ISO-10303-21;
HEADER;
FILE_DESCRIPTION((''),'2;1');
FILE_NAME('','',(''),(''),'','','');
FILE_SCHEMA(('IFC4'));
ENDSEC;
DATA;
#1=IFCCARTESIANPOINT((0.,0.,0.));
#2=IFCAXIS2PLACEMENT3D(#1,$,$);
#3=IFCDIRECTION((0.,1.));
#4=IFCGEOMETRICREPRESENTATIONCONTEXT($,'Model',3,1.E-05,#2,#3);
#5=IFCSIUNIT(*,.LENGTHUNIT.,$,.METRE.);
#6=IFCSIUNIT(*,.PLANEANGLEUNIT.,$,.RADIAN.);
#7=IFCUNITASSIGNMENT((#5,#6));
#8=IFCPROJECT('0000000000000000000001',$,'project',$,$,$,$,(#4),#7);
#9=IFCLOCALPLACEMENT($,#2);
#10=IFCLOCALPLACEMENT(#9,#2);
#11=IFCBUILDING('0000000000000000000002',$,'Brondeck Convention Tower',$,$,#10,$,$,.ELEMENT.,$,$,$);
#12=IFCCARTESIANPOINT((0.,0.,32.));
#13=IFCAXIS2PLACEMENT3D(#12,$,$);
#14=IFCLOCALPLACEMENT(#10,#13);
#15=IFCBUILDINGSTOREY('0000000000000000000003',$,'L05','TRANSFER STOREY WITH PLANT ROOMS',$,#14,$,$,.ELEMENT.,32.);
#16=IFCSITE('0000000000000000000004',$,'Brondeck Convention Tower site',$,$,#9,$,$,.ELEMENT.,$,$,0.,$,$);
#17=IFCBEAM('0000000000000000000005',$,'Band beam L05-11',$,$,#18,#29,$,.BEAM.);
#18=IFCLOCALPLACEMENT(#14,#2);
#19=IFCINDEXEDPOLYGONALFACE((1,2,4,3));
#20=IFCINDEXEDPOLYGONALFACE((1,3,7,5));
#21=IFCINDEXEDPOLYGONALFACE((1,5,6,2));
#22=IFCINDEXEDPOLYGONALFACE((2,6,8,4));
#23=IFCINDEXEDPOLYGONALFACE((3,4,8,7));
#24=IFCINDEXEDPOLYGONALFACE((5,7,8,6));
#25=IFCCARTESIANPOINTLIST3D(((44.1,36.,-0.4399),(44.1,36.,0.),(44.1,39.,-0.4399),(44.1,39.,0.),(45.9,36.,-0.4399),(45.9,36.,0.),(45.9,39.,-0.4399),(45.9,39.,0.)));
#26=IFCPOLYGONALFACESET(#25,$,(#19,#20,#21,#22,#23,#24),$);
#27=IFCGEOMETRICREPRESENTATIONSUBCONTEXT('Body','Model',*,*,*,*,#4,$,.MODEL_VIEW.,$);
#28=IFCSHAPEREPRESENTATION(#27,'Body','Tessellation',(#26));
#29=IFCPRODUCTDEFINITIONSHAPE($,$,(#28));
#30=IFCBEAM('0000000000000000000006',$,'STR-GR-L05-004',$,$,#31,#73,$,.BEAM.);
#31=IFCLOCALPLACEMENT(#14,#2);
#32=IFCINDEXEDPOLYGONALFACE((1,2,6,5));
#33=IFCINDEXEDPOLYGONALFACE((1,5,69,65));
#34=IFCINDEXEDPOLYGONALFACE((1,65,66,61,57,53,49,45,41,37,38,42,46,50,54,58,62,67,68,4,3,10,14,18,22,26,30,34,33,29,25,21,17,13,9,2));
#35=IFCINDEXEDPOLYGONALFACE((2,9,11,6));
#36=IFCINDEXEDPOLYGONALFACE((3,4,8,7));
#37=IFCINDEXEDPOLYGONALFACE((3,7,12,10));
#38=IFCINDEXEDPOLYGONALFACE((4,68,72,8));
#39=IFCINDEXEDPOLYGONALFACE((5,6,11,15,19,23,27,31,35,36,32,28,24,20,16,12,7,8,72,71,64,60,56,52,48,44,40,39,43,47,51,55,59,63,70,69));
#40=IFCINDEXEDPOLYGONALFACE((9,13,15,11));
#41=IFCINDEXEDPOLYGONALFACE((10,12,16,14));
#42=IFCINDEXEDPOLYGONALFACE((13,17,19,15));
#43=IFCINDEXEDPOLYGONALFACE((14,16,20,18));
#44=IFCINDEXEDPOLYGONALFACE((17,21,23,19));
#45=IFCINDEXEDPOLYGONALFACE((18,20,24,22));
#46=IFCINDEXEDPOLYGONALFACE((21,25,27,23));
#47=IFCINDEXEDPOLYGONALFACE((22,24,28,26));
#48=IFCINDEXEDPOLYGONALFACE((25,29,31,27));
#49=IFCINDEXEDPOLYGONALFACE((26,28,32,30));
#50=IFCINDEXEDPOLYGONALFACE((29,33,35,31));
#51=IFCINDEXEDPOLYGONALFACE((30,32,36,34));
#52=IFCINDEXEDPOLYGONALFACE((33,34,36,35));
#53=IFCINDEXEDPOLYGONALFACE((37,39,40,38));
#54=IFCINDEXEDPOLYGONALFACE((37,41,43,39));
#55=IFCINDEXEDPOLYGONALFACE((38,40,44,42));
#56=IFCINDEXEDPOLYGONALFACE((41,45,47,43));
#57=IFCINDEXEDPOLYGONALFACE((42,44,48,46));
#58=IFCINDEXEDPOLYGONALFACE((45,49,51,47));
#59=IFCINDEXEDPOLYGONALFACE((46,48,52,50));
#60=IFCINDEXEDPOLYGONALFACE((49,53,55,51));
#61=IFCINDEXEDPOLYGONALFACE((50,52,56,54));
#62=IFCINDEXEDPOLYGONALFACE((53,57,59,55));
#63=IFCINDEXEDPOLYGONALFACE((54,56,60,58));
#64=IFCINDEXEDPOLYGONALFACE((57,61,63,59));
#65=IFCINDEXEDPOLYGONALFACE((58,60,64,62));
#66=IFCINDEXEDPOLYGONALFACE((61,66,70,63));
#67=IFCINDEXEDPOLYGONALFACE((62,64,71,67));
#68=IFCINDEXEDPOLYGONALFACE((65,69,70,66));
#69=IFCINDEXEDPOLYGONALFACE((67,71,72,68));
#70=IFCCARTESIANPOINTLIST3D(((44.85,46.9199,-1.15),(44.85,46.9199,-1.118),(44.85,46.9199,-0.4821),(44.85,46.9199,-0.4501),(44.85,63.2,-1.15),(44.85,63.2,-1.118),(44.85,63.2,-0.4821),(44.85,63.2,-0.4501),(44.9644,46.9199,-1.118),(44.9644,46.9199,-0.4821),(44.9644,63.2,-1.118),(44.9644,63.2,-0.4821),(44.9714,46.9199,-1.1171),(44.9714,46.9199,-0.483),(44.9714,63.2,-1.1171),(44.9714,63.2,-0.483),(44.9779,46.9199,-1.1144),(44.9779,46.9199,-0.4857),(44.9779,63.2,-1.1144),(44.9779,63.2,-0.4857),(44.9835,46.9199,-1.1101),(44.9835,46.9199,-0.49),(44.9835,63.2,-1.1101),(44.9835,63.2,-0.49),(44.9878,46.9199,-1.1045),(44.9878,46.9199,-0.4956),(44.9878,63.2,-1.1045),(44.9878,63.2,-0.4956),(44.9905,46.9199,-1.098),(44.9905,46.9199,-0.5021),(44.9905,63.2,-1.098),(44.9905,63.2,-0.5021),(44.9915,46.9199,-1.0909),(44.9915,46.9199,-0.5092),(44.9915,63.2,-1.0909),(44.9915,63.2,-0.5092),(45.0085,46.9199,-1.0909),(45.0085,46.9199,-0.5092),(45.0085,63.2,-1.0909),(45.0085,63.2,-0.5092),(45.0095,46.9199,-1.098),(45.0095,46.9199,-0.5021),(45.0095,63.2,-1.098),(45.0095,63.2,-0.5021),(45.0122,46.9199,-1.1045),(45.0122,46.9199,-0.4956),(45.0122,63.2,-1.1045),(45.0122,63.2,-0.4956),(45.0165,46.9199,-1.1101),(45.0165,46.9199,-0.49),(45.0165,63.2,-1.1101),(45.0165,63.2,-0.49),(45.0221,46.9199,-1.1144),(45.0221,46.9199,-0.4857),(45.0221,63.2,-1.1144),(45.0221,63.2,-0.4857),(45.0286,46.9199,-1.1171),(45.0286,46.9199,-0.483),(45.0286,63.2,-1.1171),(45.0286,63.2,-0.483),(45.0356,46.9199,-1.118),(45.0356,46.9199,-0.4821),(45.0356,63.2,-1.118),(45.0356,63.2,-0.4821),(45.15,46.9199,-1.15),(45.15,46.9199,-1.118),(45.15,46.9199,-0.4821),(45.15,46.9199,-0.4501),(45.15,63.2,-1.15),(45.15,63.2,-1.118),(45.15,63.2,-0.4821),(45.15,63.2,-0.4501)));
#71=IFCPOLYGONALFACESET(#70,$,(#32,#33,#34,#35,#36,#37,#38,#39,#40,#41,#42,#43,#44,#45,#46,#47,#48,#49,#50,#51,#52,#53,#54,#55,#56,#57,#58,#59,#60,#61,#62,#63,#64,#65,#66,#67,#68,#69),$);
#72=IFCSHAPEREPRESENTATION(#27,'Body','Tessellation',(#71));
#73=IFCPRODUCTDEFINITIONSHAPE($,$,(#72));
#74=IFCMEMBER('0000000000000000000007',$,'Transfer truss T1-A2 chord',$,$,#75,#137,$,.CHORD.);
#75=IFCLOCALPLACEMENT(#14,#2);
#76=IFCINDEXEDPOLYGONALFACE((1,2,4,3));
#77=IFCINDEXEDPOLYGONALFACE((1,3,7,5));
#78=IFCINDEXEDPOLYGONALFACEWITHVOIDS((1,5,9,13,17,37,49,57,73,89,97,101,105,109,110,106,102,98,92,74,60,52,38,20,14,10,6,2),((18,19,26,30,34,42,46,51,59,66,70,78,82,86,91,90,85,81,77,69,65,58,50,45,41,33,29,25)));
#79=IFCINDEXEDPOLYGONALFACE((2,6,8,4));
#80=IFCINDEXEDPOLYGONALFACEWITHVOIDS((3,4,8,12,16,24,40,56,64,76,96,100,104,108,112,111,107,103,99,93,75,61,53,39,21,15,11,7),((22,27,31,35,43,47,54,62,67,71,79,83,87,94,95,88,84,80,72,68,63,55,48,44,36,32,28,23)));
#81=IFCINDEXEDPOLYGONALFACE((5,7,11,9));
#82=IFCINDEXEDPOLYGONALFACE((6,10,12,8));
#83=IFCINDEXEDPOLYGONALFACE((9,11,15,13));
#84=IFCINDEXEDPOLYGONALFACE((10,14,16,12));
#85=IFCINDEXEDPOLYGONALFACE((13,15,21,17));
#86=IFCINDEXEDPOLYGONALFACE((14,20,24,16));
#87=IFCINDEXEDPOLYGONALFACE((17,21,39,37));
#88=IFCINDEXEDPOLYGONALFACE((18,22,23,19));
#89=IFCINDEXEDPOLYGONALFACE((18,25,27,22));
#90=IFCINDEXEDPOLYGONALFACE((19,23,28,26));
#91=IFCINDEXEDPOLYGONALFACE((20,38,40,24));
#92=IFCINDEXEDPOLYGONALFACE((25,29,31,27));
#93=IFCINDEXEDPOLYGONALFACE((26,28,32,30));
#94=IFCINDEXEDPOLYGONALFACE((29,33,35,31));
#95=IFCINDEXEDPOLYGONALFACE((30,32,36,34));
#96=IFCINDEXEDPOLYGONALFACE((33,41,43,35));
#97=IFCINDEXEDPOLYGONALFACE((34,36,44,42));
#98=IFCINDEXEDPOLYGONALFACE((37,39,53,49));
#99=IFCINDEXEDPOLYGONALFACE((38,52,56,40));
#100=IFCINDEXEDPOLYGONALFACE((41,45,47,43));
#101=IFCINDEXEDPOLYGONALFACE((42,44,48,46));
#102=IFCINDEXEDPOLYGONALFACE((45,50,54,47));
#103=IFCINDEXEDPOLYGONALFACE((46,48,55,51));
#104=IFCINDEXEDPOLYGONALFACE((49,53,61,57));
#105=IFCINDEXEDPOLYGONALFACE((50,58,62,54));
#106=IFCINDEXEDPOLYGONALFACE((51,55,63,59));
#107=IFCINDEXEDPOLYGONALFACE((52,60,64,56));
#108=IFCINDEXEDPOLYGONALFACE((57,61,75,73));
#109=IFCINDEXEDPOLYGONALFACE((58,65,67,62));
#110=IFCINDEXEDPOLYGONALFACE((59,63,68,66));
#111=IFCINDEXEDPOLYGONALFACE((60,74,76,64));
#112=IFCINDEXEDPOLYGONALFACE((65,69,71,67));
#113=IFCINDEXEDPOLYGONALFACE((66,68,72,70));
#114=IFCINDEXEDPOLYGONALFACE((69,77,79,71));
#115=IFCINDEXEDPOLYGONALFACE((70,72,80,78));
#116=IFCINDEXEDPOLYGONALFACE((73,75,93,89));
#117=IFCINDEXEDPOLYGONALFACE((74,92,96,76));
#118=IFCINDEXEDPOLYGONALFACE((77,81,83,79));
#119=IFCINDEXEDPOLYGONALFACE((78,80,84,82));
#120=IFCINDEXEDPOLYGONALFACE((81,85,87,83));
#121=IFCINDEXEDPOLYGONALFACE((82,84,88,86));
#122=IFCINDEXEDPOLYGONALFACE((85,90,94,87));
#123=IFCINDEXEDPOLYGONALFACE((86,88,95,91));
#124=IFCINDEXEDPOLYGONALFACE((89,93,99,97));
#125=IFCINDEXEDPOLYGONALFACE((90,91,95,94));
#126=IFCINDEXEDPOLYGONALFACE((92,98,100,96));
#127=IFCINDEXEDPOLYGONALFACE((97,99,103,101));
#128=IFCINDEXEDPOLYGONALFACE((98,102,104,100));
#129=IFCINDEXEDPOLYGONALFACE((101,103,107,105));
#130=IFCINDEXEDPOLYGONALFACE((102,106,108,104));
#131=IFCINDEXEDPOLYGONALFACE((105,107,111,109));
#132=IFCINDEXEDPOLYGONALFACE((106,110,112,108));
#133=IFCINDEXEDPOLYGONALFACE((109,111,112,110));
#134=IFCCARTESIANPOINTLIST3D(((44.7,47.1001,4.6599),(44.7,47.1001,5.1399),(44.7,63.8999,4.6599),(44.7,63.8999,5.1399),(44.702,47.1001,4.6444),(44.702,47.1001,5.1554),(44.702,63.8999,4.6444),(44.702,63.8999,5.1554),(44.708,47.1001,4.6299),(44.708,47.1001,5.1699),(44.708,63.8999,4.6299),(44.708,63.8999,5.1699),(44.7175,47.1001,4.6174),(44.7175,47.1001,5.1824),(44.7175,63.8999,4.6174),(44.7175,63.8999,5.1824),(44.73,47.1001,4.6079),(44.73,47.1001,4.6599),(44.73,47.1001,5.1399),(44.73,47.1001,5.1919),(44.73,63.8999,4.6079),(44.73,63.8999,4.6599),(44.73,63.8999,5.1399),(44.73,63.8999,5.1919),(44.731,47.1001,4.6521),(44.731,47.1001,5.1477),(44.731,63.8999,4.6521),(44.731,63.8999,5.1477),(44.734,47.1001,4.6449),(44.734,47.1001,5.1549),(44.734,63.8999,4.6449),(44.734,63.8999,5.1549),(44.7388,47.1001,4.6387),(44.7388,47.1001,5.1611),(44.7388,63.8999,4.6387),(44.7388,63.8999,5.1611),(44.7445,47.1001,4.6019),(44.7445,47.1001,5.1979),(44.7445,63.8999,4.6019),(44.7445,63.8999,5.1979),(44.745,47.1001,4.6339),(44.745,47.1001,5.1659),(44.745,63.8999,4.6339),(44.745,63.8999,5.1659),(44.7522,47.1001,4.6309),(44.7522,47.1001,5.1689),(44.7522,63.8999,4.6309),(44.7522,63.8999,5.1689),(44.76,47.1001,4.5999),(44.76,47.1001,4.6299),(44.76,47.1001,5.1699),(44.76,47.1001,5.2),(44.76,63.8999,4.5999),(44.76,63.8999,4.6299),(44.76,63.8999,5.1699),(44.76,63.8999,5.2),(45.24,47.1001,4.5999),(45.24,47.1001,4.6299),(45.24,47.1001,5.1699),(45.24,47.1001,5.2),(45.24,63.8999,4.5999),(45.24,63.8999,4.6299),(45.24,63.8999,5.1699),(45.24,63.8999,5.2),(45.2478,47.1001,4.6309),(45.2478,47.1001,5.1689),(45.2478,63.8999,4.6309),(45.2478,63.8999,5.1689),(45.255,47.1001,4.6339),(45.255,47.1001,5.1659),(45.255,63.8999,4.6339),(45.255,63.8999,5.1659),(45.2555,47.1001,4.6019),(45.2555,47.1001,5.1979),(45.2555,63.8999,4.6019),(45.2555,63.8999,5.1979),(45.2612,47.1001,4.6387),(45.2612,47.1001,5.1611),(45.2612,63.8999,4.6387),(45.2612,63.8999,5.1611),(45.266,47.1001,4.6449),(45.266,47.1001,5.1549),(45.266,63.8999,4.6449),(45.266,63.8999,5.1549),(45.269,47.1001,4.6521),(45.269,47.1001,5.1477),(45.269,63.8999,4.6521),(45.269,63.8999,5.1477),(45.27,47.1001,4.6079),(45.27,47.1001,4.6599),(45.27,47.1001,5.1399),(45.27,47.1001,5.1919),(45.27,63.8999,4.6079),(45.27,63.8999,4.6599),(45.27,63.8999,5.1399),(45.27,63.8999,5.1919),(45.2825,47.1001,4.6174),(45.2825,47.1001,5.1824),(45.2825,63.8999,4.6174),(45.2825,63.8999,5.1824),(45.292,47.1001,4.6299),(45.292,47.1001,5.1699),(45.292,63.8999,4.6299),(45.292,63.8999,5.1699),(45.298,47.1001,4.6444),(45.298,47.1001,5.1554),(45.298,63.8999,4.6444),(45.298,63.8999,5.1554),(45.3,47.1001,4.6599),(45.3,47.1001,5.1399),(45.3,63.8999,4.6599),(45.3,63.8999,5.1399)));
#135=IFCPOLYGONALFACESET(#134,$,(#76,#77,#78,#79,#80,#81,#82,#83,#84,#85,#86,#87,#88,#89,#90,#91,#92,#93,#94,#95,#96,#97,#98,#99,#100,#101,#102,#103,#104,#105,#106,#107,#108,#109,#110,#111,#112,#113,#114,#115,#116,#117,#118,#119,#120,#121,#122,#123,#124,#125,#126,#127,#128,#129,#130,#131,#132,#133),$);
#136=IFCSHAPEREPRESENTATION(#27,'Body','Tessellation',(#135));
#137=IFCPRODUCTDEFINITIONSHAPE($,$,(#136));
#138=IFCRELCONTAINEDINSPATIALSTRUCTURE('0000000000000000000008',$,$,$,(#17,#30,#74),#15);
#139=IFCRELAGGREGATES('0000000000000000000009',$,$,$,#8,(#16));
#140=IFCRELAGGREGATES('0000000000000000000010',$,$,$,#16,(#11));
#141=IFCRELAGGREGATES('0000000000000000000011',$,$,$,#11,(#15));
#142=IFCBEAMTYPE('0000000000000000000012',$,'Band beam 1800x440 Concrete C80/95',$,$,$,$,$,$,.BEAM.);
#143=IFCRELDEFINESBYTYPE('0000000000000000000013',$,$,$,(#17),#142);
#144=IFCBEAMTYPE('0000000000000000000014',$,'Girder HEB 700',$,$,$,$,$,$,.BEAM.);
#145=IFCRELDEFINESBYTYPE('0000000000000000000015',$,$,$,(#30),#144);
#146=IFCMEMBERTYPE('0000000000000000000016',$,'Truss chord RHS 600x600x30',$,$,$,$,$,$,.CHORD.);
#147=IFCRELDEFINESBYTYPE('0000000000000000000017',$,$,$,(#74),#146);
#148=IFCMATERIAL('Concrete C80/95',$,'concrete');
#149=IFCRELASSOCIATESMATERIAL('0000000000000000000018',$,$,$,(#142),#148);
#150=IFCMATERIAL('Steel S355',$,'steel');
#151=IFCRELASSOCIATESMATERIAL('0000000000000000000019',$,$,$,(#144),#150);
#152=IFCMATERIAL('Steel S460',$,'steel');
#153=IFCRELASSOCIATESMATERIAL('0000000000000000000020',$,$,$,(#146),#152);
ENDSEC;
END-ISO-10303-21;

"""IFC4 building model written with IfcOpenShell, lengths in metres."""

from ifc_helpers import new_model, si_unit, direction, frame, origin, origin_2d, place, context, subcontext, project, spatial, rectangle, hollow_rectangle, i_section, extrude, material, material_profile, profile_set, type_object, element, save


model = new_model("IFC4")

# Units and contexts
model_context = context("Model", 3, precision=1e-05, world=origin(), true_north=direction((0.0, 1.0)))
body_context = subcontext(model_context, "Body", "Model", "MODEL_VIEW")
ifc_project = project(units=[si_unit("LENGTHUNIT", "METRE"), si_unit("PLANEANGLEUNIT", "RADIAN")], contexts=[model_context])

# Site, building, storey
site_placement = place(None, origin())
site = spatial("IfcSite", under=ifc_project, at=site_placement, Name="Brondeck Convention Tower site", CompositionType="ELEMENT", RefElevation=0.0)
building_placement = place(site_placement, origin())
building = spatial("IfcBuilding", under=site, at=building_placement, Name="Brondeck Convention Tower", CompositionType="ELEMENT")
storey_placement = place(building_placement, frame((0.0, 0.0, 32.0)))
storey = spatial("IfcBuildingStorey", under=building, at=storey_placement, Name="L05", Description="TRANSFER STOREY WITH PLANT ROOMS", CompositionType="ELEMENT", Elevation=32.0)

# Shared definitions
ifc_material_1 = material(Name="Steel S460", Category="steel")

# Beams
ifc_material_2 = material(Name="Concrete C80/95", Category="concrete")
ifc_material_profile_1 = material_profile(ifc_material_2, rectangle(XDim=1.8, YDim=0.4399, at=origin_2d()), Name="Band beam 1800x440 Concrete C80/95")
ifc_profile_set_1 = profile_set([ifc_material_profile_1], Name="Concrete C80/95")
beam_type_1 = type_object("IfcBeamType", Name="Band beam 1800x440 Concrete C80/95", PredefinedType="BEAM", material=ifc_profile_set_1)
beam_1_placement = place(storey_placement, frame((45.0, 39.0, -0.22), z_axis=(0.0, -1.0, 0.0), x_axis=(1.0, 0.0, 0.0)))
element("IfcBeam", 1, at=beam_1_placement, inside=storey, type_object=beam_type_1, Name="Band beam L05-11", PredefinedType="BEAM", context=body_context, shape_type="SweptSolid", body=[
    extrude(rectangle(XDim=1.8, YDim=0.4399, at=origin_2d()), origin(), (0.0, 0.0, 1.0), 3.0),
])
ifc_material_3 = material(Name="Steel S355", Category="steel")
ifc_material_profile_2 = material_profile(ifc_material_3, i_section(OverallWidth=0.3, OverallDepth=0.7, WebThickness=0.0171, FlangeThickness=0.032, FilletRadius=0.0271, at=origin_2d()), Name="HEB 700")
ifc_profile_set_2 = profile_set([ifc_material_profile_2], Name="Steel S355")
beam_type_2 = type_object("IfcBeamType", Name="Girder HEB 700", PredefinedType="BEAM", material=ifc_profile_set_2)
beam_2_placement = place(storey_placement, frame((45.0, 46.9199, -0.8), z_axis=(0.0, 1.0, 0.0), x_axis=(-1.0, 0.0, 0.0)))
element("IfcBeam", 2, at=beam_2_placement, inside=storey, type_object=beam_type_2, Name="STR-GR-L05-004", PredefinedType="BEAM", context=body_context, shape_type="SweptSolid", body=[
    extrude(i_section(OverallWidth=0.3, OverallDepth=0.7, WebThickness=0.0171, FlangeThickness=0.032, FilletRadius=0.0271, at=origin_2d()), origin(), (0.0, 0.0, 1.0), 16.28),
])

# Member
ifc_material_profile_3 = material_profile(ifc_material_1, hollow_rectangle(XDim=0.6001, YDim=0.6001, WallThickness=0.03, InnerFilletRadius=0.03, OuterFilletRadius=0.0601, at=origin_2d()), Name="RHS 600x600x30")
ifc_profile_set_3 = profile_set([ifc_material_profile_3], Name="Steel S460")
member_type_1 = type_object("IfcMemberType", Name="Truss chord RHS 600x600x30", PredefinedType="CHORD", material=ifc_profile_set_3)
member_1_placement = place(storey_placement, frame((45.0, 47.1001, 4.8999), z_axis=(0.0, 1.0, 0.0), x_axis=(-1.0, 0.0, 0.0)))
element("IfcMember", 3, at=member_1_placement, inside=storey, type_object=member_type_1, Name="Transfer truss T1-A2 chord", PredefinedType="CHORD", context=body_context, shape_type="SweptSolid", body=[
    extrude(hollow_rectangle(XDim=0.6001, YDim=0.6001, WallThickness=0.03, InnerFilletRadius=0.03, OuterFilletRadius=0.0601, at=origin_2d()), origin(), (0.0, 0.0, 1.0), 16.7998),
])

save(model, "model.ifc")
